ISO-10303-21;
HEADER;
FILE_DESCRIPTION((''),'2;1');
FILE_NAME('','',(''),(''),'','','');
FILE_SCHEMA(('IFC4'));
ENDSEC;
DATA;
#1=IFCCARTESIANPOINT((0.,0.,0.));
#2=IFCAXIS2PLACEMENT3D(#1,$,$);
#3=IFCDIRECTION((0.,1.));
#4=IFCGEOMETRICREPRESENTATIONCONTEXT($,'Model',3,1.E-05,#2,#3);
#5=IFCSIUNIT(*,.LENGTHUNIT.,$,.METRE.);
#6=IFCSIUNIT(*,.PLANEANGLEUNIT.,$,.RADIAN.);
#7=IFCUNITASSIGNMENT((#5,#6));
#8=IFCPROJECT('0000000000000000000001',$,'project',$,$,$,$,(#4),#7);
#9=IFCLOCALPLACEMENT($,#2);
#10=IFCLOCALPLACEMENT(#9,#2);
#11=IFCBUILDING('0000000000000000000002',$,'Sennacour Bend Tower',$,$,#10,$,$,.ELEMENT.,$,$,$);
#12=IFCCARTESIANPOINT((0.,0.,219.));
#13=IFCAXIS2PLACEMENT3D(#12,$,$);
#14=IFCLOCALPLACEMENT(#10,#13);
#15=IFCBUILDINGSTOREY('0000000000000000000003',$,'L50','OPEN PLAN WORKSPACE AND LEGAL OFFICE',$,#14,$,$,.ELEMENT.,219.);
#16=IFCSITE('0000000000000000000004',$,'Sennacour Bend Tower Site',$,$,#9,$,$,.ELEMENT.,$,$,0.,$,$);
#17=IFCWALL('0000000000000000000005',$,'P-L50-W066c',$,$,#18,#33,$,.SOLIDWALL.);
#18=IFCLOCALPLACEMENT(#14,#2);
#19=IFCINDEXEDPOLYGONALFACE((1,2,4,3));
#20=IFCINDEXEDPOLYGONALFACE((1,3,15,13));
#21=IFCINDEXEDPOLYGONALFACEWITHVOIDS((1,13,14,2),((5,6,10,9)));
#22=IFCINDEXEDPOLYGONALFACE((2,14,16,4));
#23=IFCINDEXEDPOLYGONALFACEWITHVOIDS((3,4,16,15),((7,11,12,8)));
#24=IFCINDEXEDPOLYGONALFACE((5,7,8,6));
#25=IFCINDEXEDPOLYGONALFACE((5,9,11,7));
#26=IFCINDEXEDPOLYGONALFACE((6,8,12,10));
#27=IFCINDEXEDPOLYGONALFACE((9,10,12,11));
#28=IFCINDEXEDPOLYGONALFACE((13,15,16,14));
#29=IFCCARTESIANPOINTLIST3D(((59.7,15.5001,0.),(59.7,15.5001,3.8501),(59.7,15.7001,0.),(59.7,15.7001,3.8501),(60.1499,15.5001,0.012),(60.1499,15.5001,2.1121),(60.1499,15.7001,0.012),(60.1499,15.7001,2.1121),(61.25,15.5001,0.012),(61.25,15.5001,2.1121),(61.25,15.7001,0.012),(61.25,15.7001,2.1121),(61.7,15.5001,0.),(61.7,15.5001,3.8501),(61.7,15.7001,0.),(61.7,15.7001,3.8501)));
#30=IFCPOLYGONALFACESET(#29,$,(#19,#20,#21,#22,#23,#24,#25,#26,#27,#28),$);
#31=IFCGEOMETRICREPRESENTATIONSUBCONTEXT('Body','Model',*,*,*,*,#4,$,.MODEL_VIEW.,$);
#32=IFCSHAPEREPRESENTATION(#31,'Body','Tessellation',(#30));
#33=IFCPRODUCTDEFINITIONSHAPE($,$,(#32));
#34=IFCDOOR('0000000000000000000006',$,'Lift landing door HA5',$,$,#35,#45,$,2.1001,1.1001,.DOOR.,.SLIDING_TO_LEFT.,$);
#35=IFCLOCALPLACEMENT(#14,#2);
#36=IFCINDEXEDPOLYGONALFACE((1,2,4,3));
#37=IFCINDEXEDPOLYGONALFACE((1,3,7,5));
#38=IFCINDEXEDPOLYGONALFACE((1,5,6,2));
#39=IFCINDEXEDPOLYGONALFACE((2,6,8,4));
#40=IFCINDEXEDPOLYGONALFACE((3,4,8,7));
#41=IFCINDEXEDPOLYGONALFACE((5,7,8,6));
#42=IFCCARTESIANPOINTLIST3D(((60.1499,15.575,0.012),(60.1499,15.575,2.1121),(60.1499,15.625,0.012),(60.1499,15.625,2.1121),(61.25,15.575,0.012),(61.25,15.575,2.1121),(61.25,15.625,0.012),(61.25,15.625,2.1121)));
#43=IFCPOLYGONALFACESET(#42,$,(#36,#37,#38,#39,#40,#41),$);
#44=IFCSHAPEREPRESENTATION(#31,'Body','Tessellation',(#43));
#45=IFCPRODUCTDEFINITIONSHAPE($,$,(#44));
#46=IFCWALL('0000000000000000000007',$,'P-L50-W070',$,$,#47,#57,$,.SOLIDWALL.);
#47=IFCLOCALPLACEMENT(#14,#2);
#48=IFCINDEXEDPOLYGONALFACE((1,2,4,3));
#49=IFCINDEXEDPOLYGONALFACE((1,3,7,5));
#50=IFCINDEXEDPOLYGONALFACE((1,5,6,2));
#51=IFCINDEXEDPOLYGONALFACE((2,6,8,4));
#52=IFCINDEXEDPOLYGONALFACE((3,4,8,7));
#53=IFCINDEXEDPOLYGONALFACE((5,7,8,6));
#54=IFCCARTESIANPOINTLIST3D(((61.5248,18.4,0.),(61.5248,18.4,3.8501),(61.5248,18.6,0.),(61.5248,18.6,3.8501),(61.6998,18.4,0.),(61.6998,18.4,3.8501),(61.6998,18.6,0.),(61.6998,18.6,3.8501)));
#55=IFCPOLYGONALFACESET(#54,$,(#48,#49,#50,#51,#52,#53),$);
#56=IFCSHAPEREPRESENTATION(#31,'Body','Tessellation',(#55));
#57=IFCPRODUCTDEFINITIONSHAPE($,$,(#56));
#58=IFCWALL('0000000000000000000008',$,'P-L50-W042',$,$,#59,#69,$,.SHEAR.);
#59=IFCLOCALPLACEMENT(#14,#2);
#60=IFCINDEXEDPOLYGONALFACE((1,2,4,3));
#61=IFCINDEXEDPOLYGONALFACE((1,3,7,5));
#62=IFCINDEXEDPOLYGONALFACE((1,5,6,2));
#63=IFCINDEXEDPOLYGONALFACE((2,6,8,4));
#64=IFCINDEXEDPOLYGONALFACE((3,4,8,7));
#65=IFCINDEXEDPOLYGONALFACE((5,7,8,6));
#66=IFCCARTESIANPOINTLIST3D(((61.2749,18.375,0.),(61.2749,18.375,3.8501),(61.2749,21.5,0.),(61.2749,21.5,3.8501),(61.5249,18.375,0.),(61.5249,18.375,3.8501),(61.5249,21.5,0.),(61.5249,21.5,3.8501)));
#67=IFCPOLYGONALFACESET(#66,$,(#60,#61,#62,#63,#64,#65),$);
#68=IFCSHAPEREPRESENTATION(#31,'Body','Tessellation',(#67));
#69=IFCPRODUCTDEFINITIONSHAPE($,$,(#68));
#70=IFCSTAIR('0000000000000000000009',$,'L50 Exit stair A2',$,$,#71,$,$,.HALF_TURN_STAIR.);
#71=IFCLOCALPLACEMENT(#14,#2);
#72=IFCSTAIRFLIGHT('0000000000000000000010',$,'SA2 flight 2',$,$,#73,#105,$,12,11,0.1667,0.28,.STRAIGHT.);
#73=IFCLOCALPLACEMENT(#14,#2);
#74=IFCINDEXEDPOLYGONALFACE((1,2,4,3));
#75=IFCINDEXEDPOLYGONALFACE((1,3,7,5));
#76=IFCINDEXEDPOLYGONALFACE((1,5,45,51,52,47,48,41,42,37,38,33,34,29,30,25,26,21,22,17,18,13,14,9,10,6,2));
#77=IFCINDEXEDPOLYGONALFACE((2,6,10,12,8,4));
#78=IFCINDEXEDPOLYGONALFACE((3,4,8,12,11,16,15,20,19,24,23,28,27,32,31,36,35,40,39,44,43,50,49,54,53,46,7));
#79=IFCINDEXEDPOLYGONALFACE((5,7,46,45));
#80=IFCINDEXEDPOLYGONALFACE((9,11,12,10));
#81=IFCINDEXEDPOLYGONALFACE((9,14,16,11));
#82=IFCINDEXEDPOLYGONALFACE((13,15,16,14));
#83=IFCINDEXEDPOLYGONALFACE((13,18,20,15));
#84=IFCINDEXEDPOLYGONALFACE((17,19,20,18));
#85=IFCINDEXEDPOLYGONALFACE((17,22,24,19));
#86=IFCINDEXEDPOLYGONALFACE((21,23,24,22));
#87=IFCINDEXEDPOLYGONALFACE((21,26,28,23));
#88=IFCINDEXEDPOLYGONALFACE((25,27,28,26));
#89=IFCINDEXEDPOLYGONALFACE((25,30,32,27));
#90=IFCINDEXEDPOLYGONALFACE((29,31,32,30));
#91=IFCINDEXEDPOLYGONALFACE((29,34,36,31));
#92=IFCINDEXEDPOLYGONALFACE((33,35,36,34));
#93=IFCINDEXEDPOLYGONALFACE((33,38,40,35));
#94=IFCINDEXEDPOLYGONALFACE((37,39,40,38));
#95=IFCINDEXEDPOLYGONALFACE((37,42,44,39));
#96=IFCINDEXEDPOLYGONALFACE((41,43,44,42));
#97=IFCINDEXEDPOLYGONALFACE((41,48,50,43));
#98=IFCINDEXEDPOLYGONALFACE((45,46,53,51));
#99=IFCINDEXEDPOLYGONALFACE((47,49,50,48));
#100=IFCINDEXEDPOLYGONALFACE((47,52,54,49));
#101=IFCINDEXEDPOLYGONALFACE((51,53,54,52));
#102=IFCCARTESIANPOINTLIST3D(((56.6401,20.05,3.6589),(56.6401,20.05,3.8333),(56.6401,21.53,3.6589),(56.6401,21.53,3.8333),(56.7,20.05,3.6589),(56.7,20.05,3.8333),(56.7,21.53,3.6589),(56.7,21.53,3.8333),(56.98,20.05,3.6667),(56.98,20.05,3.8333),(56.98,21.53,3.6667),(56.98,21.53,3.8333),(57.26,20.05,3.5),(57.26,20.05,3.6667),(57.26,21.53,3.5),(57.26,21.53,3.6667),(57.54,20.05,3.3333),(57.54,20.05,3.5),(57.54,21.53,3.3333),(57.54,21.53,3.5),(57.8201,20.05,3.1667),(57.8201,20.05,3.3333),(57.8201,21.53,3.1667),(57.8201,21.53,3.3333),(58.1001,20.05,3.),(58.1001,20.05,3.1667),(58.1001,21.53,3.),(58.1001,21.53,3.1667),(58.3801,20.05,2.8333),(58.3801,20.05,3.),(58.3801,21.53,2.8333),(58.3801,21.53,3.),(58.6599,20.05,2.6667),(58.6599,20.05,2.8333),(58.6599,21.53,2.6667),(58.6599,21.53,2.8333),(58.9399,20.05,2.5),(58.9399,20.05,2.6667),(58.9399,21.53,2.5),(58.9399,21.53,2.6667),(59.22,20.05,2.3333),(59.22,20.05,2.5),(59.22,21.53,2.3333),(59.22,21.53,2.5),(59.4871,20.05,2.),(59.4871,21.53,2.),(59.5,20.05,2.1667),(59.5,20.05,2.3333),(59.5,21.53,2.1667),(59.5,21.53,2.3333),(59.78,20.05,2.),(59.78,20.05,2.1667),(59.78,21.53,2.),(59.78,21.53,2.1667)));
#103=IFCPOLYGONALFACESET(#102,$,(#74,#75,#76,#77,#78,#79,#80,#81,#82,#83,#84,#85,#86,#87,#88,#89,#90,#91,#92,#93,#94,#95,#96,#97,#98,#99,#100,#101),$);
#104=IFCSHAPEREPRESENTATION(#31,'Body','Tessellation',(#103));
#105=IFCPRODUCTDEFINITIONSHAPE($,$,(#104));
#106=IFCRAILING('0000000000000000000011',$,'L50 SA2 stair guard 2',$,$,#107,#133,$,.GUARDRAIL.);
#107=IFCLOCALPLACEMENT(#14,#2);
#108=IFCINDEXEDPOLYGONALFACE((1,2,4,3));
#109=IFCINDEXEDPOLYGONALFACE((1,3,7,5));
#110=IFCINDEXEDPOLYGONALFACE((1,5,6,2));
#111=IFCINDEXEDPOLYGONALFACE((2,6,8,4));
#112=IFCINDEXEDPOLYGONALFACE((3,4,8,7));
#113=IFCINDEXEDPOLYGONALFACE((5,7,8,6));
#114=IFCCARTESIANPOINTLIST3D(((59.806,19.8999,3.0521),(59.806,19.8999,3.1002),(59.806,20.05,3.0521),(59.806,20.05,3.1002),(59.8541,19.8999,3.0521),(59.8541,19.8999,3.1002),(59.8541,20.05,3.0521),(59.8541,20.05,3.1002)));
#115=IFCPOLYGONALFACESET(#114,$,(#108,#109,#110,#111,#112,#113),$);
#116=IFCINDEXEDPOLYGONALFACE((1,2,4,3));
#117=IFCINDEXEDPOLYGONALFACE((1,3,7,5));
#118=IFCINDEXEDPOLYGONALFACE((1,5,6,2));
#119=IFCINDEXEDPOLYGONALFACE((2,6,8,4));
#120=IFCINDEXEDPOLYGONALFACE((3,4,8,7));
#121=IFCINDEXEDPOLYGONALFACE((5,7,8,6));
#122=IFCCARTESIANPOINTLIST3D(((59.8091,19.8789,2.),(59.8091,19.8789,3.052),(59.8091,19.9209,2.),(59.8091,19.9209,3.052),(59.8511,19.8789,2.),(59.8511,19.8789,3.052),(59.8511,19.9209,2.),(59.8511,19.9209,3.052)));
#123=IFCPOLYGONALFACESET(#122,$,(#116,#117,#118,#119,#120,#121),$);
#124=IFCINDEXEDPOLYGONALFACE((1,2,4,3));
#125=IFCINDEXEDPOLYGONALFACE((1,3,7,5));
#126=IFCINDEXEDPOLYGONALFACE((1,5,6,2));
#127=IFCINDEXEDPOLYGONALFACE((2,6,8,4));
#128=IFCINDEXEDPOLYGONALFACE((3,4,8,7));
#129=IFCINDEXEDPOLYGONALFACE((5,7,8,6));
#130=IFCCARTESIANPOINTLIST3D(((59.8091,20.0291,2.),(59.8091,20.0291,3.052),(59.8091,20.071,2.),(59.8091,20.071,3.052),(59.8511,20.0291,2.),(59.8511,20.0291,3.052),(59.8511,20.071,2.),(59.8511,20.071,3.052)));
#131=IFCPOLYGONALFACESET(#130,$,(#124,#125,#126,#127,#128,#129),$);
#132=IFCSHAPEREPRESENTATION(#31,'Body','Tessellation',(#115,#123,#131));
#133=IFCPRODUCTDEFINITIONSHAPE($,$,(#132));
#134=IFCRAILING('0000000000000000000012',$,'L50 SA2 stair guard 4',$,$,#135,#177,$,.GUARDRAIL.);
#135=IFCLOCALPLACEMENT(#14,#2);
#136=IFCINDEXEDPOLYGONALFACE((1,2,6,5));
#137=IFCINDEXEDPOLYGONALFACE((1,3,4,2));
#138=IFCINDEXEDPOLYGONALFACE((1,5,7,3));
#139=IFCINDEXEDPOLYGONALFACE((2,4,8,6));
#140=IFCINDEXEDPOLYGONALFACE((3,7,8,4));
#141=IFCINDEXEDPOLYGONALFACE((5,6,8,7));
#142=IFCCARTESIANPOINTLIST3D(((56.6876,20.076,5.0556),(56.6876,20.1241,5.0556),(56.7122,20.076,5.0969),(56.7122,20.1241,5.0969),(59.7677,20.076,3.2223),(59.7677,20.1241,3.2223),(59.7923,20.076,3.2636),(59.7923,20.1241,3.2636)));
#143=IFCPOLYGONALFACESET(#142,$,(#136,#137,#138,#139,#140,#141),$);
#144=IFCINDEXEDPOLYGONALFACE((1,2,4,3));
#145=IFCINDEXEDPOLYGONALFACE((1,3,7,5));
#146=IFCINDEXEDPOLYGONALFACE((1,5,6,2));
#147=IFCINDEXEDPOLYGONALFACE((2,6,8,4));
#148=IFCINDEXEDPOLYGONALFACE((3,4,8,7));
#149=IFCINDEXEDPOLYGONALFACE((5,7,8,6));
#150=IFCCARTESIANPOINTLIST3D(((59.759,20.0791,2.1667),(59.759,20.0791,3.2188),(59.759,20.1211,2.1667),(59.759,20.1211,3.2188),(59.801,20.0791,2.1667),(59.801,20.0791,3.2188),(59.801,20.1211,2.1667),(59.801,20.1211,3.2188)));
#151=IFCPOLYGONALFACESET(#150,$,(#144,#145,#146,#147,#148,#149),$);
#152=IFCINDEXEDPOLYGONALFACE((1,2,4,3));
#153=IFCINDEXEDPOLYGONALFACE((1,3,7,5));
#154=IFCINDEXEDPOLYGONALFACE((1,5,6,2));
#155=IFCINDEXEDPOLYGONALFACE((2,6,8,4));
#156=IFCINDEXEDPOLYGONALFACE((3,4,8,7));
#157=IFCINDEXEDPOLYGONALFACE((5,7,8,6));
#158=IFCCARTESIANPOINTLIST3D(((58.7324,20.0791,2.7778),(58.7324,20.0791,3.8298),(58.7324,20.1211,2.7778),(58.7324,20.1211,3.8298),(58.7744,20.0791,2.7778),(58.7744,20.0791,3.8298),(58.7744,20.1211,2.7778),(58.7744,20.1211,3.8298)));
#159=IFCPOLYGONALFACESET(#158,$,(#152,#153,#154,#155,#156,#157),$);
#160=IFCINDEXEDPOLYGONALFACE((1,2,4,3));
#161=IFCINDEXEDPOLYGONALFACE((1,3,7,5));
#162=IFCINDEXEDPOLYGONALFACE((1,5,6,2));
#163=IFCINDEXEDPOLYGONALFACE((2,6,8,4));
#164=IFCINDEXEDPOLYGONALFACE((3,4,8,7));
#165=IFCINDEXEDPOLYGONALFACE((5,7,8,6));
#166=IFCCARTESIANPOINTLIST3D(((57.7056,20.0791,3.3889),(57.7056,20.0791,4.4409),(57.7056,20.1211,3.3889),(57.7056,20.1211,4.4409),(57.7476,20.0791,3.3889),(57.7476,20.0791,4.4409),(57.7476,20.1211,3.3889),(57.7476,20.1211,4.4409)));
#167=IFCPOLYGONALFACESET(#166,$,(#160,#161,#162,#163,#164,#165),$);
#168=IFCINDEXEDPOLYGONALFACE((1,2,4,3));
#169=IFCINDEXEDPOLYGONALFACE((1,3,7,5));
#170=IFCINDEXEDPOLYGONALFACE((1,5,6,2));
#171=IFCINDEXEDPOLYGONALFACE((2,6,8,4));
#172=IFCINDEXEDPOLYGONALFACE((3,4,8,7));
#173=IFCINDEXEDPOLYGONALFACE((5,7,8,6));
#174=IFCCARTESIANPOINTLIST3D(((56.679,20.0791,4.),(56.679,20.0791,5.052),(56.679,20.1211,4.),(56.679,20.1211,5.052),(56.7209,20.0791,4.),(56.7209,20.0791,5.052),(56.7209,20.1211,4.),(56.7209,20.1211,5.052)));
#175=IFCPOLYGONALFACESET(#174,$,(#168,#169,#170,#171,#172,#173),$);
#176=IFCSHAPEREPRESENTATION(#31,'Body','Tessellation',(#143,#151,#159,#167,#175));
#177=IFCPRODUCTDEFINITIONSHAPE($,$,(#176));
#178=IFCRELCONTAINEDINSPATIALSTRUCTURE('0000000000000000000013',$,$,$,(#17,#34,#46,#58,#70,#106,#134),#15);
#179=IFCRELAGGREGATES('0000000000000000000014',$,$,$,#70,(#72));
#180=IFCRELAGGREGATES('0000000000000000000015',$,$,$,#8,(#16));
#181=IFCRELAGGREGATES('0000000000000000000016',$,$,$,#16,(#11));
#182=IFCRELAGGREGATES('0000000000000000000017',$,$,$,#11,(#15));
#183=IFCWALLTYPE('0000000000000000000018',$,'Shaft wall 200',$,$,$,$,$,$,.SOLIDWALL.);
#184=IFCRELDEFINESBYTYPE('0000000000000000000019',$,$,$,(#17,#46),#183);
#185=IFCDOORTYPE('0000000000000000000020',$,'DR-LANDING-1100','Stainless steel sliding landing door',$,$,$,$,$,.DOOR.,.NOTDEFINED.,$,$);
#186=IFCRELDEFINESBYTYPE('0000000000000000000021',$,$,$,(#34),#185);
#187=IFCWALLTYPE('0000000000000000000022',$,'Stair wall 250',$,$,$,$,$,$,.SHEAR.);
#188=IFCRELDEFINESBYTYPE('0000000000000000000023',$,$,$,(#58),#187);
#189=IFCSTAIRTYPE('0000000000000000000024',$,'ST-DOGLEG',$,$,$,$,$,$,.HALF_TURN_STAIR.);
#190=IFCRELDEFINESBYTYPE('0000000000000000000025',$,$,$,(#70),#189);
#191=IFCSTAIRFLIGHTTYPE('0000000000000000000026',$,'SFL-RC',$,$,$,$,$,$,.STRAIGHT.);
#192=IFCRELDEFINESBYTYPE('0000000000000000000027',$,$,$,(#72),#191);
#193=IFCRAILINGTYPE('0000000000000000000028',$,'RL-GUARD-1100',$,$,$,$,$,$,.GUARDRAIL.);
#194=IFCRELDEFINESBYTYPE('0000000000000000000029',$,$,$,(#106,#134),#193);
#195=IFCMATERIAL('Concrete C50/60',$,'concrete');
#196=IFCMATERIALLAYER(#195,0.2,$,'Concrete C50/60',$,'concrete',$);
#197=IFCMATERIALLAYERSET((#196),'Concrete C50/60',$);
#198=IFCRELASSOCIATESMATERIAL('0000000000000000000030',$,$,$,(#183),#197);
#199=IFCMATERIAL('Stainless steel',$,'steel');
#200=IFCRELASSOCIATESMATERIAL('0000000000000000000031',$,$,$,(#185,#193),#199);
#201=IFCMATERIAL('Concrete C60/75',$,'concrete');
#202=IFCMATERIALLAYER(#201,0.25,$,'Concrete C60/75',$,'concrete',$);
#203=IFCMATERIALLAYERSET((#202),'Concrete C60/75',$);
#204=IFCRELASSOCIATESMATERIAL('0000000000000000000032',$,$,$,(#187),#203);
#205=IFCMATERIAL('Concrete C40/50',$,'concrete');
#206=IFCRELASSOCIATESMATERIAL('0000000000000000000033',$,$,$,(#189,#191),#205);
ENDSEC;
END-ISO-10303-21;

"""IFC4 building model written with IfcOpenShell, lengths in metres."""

from ifc_helpers import new_model, si_unit, direction, frame, frame_2d, origin, origin_2d, place, context, subcontext, project, spatial, polyline, rectangle, outline, extrude, material, layer, layer_set, type_object, element, fill, aggregate, save


model = new_model("IFC4")

# Units and contexts
model_context = context("Model", 3, precision=1e-05, world=origin(), true_north=direction((0.0, 1.0)))
body_context = subcontext(model_context, "Body", "Model", "MODEL_VIEW")
ifc_project = project(units=[si_unit("LENGTHUNIT", "METRE"), si_unit("PLANEANGLEUNIT", "RADIAN")], contexts=[model_context])

# Site, building, storey
site_placement = place(None, origin())
site = spatial("IfcSite", under=ifc_project, at=site_placement, Name="Sennacour Bend Tower Site", CompositionType="ELEMENT", RefElevation=0.0)
building_placement = place(site_placement, origin())
building = spatial("IfcBuilding", under=site, at=building_placement, Name="Sennacour Bend Tower", CompositionType="ELEMENT")
storey_placement = place(building_placement, frame((0.0, 0.0, 219.0)))
storey = spatial("IfcBuildingStorey", under=building, at=storey_placement, Name="L50", Description="OPEN PLAN WORKSPACE AND LEGAL OFFICE", CompositionType="ELEMENT", Elevation=219.0)

# Shared definitions
ifc_material_1 = material(Name="Concrete C50/60", Category="concrete")
ifc_layer_1 = layer(ifc_material_1, 0.2, Name="Concrete C50/60", Category="concrete")
ifc_layer_set_1 = layer_set([ifc_layer_1], Name="Concrete C50/60")
wall_type_1 = type_object("IfcWallType", Name="Shaft wall 200", PredefinedType="SOLIDWALL", material=ifc_layer_set_1)

# Shared definitions
ifc_material_2 = material(Name="Stainless steel", Category="steel")
door_type_1 = type_object("IfcDoorType", Name="DR-LANDING-1100", Description="Stainless steel sliding landing door", OperationType="NOTDEFINED", PredefinedType="DOOR", material=ifc_material_2)

# Wall, opening, door
wall_1_placement = place(storey_placement, frame((59.7, 15.6001, 0.0), z_axis=(0.0, 0.0, 1.0), x_axis=(1.0, 0.0, 0.0)))
wall_1 = element("IfcWall", 1, at=wall_1_placement, inside=storey, type_object=wall_type_1, Name="P-L50-W066c", PredefinedType="SOLIDWALL", context=body_context, shape_type="SweptSolid", body=[
    extrude(rectangle(XDim=2.0, YDim=0.2, at=frame_2d((1.0, 0.0))), origin(), (0.0, 0.0, 1.0), 3.8501),
])
opening_1_placement = place(wall_1_placement, frame((0.45, 0.0, 0.012)))
opening_1 = element("IfcOpeningElement", 2, at=opening_1_placement, cuts=wall_1, PredefinedType="OPENING", context=body_context, shape_type="SweptSolid", body=[
    extrude(rectangle(XDim=1.1001, YDim=2.1001, at=frame_2d((0.55, 1.05))), frame((0.0, 0.1099, 0.0), z_axis=(0.0, -1.0, 0.0), x_axis=(1.0, 0.0, 0.0)), (0.0, 0.0, 1.0), 0.22),
])
door_1_placement = place(opening_1_placement, origin())
door_1 = element("IfcDoor", 3, at=door_1_placement, inside=storey, type_object=door_type_1, Name="Lift landing door HA5", OperationType="SLIDING_TO_LEFT", OverallHeight=2.1001, OverallWidth=1.1001, PredefinedType="DOOR", context=body_context, shape_type="SweptSolid", body=[
    extrude(rectangle(XDim=1.1001, YDim=2.1001, at=frame_2d((0.55, 1.05))), frame((0.0, 0.0249, 0.0), z_axis=(0.0, -1.0, 0.0), x_axis=(1.0, 0.0, 0.0)), (0.0, 0.0, 1.0), 0.05),
])
fill(opening_1, door_1)

# Walls
wall_2_placement = place(storey_placement, frame((61.5249, 18.5, 0.0), z_axis=(0.0, 0.0, 1.0), x_axis=(1.0, 0.0, 0.0)))
element("IfcWall", 4, at=wall_2_placement, inside=storey, type_object=wall_type_1, Name="P-L50-W070", PredefinedType="SOLIDWALL", context=body_context, shape_type="SweptSolid", body=[
    extrude(rectangle(XDim=0.175, YDim=0.2, at=frame_2d((0.0874, 0.0))), origin(), (0.0, 0.0, 1.0), 3.8501),
])
ifc_material_3 = material(Name="Concrete C60/75", Category="concrete")
ifc_layer_2 = layer(ifc_material_3, 0.25, Name="Concrete C60/75", Category="concrete")
ifc_layer_set_2 = layer_set([ifc_layer_2], Name="Concrete C60/75")
wall_type_2 = type_object("IfcWallType", Name="Stair wall 250", PredefinedType="SHEAR", material=ifc_layer_set_2)
wall_3_placement = place(storey_placement, frame((61.3999, 18.375, 0.0), z_axis=(0.0, 0.0, 1.0), x_axis=(0.0, 1.0, 0.0)))
element("IfcWall", 5, at=wall_3_placement, inside=storey, type_object=wall_type_2, Name="P-L50-W042", PredefinedType="SHEAR", context=body_context, shape_type="SweptSolid", body=[
    extrude(rectangle(XDim=3.125, YDim=0.25, at=frame_2d((1.5625, 0.0))), origin(), (0.0, 0.0, 1.0), 3.8501),
])

# Stair, stair flight
ifc_material_4 = material(Name="Concrete C40/50", Category="concrete")
stair_type = type_object("IfcStairType", Name="ST-DOGLEG", PredefinedType="HALF_TURN_STAIR", material=ifc_material_4)
stair_placement = place(storey_placement, origin())
stair = element("IfcStair", 6, at=stair_placement, inside=storey, type_object=stair_type, Name="L50 Exit stair A2", PredefinedType="HALF_TURN_STAIR")
stair_flight_type = type_object("IfcStairFlightType", Name="SFL-RC", PredefinedType="STRAIGHT", material=ifc_material_4)
stair_flight_placement = place(storey_placement, frame((59.78, 20.79, 2.0), z_axis=(0.0, 0.0, 1.0), x_axis=(-1.0, 0.0, 0.0)))
stair_flight = element("IfcStairFlight", 7, at=stair_flight_placement, type_object=stair_flight_type, Name="SA2 flight 2", NumberOfRisers=12, NumberOfTreads=11, PredefinedType="STRAIGHT", RiserHeight=0.1667, TreadLength=0.28, context=body_context, shape_type="SweptSolid", body=[
    extrude(outline(polyline([(0.0, 0.0), (0.0, 0.1667), (0.28, 0.1667), (0.28, 0.3333), (0.5601, 0.3333), (0.5601, 0.5), (0.8401, 0.5), (0.8401, 0.6667), (1.1201, 0.6667), (1.1201, 0.8333), (1.3999, 0.8333), (1.3999, 1.0), (1.6799, 1.0), (1.6799, 1.1667), (1.96, 1.1667), (1.96, 1.3333), (2.24, 1.3333), (2.24, 1.5), (2.52, 1.5), (2.52, 1.6667), (2.8, 1.6667), (2.8, 1.8333), (3.0801, 1.8333), (3.1399, 1.8333), (3.1399, 1.6589), (3.0801, 1.6589), (0.293, 0.0), (0.0, 0.0)])), frame((0.0, 0.74, 0.0), z_axis=(0.0, -1.0, 0.0), x_axis=(1.0, 0.0, 0.0)), (0.0, 0.0, 1.0), 1.48),
])
aggregate(stair, [stair_flight])

# Railings
railing_type_1 = type_object("IfcRailingType", Name="RL-GUARD-1100", PredefinedType="GUARDRAIL", material=ifc_material_2)
railing_1_placement = place(storey_placement, frame((59.8301, 19.8999, 2.0)))
element("IfcRailing", 8, at=railing_1_placement, inside=storey, type_object=railing_type_1, Name="L50 SA2 stair guard 2", PredefinedType="GUARDRAIL", context=body_context, shape_type="SweptSolid", body=[
    extrude(rectangle(XDim=0.0481, YDim=0.0481, at=origin_2d()), frame((0.0, 0.0, 1.0762), z_axis=(0.0, 1.0, 0.0), x_axis=(-1.0, 0.0, 0.0)), (0.0, 0.0, 1.0), 0.1501),
    extrude(rectangle(XDim=0.042, YDim=0.042, at=origin_2d()), origin(), (0.0, 0.0, 1.0), 1.052),
    extrude(rectangle(XDim=0.042, YDim=0.042, at=origin_2d()), frame((0.0, 0.1501, 0.0)), (0.0, 0.0, 1.0), 1.052),
])
railing_2_placement = place(storey_placement, frame((59.78, 20.1001, 2.1667)))
element("IfcRailing", 9, at=railing_2_placement, inside=storey, type_object=railing_type_1, Name="L50 SA2 stair guard 4", PredefinedType="GUARDRAIL", context=body_context, shape_type="SweptSolid", body=[
    extrude(rectangle(XDim=0.0481, YDim=0.0481, at=origin_2d()), frame((0.0, 0.0, 1.0762), z_axis=(-0.859309, 0.0, 0.511458), x_axis=(0.0, -1.0, 0.0)), (0.0, 0.0, 1.0), 3.5845),
    extrude(rectangle(XDim=0.042, YDim=0.042, at=origin_2d()), origin(), (0.0, 0.0, 1.0), 1.052),
    extrude(rectangle(XDim=0.042, YDim=0.042, at=origin_2d()), frame((-1.0266, 0.0, 0.6111)), (0.0, 0.0, 1.0), 1.052),
    extrude(rectangle(XDim=0.042, YDim=0.042, at=origin_2d()), frame((-2.0535, 0.0, 1.2222)), (0.0, 0.0, 1.0), 1.052),
    extrude(rectangle(XDim=0.042, YDim=0.042, at=origin_2d()), frame((-3.0801, 0.0, 1.8333)), (0.0, 0.0, 1.0), 1.052),
])

save(model, "model.ifc")
